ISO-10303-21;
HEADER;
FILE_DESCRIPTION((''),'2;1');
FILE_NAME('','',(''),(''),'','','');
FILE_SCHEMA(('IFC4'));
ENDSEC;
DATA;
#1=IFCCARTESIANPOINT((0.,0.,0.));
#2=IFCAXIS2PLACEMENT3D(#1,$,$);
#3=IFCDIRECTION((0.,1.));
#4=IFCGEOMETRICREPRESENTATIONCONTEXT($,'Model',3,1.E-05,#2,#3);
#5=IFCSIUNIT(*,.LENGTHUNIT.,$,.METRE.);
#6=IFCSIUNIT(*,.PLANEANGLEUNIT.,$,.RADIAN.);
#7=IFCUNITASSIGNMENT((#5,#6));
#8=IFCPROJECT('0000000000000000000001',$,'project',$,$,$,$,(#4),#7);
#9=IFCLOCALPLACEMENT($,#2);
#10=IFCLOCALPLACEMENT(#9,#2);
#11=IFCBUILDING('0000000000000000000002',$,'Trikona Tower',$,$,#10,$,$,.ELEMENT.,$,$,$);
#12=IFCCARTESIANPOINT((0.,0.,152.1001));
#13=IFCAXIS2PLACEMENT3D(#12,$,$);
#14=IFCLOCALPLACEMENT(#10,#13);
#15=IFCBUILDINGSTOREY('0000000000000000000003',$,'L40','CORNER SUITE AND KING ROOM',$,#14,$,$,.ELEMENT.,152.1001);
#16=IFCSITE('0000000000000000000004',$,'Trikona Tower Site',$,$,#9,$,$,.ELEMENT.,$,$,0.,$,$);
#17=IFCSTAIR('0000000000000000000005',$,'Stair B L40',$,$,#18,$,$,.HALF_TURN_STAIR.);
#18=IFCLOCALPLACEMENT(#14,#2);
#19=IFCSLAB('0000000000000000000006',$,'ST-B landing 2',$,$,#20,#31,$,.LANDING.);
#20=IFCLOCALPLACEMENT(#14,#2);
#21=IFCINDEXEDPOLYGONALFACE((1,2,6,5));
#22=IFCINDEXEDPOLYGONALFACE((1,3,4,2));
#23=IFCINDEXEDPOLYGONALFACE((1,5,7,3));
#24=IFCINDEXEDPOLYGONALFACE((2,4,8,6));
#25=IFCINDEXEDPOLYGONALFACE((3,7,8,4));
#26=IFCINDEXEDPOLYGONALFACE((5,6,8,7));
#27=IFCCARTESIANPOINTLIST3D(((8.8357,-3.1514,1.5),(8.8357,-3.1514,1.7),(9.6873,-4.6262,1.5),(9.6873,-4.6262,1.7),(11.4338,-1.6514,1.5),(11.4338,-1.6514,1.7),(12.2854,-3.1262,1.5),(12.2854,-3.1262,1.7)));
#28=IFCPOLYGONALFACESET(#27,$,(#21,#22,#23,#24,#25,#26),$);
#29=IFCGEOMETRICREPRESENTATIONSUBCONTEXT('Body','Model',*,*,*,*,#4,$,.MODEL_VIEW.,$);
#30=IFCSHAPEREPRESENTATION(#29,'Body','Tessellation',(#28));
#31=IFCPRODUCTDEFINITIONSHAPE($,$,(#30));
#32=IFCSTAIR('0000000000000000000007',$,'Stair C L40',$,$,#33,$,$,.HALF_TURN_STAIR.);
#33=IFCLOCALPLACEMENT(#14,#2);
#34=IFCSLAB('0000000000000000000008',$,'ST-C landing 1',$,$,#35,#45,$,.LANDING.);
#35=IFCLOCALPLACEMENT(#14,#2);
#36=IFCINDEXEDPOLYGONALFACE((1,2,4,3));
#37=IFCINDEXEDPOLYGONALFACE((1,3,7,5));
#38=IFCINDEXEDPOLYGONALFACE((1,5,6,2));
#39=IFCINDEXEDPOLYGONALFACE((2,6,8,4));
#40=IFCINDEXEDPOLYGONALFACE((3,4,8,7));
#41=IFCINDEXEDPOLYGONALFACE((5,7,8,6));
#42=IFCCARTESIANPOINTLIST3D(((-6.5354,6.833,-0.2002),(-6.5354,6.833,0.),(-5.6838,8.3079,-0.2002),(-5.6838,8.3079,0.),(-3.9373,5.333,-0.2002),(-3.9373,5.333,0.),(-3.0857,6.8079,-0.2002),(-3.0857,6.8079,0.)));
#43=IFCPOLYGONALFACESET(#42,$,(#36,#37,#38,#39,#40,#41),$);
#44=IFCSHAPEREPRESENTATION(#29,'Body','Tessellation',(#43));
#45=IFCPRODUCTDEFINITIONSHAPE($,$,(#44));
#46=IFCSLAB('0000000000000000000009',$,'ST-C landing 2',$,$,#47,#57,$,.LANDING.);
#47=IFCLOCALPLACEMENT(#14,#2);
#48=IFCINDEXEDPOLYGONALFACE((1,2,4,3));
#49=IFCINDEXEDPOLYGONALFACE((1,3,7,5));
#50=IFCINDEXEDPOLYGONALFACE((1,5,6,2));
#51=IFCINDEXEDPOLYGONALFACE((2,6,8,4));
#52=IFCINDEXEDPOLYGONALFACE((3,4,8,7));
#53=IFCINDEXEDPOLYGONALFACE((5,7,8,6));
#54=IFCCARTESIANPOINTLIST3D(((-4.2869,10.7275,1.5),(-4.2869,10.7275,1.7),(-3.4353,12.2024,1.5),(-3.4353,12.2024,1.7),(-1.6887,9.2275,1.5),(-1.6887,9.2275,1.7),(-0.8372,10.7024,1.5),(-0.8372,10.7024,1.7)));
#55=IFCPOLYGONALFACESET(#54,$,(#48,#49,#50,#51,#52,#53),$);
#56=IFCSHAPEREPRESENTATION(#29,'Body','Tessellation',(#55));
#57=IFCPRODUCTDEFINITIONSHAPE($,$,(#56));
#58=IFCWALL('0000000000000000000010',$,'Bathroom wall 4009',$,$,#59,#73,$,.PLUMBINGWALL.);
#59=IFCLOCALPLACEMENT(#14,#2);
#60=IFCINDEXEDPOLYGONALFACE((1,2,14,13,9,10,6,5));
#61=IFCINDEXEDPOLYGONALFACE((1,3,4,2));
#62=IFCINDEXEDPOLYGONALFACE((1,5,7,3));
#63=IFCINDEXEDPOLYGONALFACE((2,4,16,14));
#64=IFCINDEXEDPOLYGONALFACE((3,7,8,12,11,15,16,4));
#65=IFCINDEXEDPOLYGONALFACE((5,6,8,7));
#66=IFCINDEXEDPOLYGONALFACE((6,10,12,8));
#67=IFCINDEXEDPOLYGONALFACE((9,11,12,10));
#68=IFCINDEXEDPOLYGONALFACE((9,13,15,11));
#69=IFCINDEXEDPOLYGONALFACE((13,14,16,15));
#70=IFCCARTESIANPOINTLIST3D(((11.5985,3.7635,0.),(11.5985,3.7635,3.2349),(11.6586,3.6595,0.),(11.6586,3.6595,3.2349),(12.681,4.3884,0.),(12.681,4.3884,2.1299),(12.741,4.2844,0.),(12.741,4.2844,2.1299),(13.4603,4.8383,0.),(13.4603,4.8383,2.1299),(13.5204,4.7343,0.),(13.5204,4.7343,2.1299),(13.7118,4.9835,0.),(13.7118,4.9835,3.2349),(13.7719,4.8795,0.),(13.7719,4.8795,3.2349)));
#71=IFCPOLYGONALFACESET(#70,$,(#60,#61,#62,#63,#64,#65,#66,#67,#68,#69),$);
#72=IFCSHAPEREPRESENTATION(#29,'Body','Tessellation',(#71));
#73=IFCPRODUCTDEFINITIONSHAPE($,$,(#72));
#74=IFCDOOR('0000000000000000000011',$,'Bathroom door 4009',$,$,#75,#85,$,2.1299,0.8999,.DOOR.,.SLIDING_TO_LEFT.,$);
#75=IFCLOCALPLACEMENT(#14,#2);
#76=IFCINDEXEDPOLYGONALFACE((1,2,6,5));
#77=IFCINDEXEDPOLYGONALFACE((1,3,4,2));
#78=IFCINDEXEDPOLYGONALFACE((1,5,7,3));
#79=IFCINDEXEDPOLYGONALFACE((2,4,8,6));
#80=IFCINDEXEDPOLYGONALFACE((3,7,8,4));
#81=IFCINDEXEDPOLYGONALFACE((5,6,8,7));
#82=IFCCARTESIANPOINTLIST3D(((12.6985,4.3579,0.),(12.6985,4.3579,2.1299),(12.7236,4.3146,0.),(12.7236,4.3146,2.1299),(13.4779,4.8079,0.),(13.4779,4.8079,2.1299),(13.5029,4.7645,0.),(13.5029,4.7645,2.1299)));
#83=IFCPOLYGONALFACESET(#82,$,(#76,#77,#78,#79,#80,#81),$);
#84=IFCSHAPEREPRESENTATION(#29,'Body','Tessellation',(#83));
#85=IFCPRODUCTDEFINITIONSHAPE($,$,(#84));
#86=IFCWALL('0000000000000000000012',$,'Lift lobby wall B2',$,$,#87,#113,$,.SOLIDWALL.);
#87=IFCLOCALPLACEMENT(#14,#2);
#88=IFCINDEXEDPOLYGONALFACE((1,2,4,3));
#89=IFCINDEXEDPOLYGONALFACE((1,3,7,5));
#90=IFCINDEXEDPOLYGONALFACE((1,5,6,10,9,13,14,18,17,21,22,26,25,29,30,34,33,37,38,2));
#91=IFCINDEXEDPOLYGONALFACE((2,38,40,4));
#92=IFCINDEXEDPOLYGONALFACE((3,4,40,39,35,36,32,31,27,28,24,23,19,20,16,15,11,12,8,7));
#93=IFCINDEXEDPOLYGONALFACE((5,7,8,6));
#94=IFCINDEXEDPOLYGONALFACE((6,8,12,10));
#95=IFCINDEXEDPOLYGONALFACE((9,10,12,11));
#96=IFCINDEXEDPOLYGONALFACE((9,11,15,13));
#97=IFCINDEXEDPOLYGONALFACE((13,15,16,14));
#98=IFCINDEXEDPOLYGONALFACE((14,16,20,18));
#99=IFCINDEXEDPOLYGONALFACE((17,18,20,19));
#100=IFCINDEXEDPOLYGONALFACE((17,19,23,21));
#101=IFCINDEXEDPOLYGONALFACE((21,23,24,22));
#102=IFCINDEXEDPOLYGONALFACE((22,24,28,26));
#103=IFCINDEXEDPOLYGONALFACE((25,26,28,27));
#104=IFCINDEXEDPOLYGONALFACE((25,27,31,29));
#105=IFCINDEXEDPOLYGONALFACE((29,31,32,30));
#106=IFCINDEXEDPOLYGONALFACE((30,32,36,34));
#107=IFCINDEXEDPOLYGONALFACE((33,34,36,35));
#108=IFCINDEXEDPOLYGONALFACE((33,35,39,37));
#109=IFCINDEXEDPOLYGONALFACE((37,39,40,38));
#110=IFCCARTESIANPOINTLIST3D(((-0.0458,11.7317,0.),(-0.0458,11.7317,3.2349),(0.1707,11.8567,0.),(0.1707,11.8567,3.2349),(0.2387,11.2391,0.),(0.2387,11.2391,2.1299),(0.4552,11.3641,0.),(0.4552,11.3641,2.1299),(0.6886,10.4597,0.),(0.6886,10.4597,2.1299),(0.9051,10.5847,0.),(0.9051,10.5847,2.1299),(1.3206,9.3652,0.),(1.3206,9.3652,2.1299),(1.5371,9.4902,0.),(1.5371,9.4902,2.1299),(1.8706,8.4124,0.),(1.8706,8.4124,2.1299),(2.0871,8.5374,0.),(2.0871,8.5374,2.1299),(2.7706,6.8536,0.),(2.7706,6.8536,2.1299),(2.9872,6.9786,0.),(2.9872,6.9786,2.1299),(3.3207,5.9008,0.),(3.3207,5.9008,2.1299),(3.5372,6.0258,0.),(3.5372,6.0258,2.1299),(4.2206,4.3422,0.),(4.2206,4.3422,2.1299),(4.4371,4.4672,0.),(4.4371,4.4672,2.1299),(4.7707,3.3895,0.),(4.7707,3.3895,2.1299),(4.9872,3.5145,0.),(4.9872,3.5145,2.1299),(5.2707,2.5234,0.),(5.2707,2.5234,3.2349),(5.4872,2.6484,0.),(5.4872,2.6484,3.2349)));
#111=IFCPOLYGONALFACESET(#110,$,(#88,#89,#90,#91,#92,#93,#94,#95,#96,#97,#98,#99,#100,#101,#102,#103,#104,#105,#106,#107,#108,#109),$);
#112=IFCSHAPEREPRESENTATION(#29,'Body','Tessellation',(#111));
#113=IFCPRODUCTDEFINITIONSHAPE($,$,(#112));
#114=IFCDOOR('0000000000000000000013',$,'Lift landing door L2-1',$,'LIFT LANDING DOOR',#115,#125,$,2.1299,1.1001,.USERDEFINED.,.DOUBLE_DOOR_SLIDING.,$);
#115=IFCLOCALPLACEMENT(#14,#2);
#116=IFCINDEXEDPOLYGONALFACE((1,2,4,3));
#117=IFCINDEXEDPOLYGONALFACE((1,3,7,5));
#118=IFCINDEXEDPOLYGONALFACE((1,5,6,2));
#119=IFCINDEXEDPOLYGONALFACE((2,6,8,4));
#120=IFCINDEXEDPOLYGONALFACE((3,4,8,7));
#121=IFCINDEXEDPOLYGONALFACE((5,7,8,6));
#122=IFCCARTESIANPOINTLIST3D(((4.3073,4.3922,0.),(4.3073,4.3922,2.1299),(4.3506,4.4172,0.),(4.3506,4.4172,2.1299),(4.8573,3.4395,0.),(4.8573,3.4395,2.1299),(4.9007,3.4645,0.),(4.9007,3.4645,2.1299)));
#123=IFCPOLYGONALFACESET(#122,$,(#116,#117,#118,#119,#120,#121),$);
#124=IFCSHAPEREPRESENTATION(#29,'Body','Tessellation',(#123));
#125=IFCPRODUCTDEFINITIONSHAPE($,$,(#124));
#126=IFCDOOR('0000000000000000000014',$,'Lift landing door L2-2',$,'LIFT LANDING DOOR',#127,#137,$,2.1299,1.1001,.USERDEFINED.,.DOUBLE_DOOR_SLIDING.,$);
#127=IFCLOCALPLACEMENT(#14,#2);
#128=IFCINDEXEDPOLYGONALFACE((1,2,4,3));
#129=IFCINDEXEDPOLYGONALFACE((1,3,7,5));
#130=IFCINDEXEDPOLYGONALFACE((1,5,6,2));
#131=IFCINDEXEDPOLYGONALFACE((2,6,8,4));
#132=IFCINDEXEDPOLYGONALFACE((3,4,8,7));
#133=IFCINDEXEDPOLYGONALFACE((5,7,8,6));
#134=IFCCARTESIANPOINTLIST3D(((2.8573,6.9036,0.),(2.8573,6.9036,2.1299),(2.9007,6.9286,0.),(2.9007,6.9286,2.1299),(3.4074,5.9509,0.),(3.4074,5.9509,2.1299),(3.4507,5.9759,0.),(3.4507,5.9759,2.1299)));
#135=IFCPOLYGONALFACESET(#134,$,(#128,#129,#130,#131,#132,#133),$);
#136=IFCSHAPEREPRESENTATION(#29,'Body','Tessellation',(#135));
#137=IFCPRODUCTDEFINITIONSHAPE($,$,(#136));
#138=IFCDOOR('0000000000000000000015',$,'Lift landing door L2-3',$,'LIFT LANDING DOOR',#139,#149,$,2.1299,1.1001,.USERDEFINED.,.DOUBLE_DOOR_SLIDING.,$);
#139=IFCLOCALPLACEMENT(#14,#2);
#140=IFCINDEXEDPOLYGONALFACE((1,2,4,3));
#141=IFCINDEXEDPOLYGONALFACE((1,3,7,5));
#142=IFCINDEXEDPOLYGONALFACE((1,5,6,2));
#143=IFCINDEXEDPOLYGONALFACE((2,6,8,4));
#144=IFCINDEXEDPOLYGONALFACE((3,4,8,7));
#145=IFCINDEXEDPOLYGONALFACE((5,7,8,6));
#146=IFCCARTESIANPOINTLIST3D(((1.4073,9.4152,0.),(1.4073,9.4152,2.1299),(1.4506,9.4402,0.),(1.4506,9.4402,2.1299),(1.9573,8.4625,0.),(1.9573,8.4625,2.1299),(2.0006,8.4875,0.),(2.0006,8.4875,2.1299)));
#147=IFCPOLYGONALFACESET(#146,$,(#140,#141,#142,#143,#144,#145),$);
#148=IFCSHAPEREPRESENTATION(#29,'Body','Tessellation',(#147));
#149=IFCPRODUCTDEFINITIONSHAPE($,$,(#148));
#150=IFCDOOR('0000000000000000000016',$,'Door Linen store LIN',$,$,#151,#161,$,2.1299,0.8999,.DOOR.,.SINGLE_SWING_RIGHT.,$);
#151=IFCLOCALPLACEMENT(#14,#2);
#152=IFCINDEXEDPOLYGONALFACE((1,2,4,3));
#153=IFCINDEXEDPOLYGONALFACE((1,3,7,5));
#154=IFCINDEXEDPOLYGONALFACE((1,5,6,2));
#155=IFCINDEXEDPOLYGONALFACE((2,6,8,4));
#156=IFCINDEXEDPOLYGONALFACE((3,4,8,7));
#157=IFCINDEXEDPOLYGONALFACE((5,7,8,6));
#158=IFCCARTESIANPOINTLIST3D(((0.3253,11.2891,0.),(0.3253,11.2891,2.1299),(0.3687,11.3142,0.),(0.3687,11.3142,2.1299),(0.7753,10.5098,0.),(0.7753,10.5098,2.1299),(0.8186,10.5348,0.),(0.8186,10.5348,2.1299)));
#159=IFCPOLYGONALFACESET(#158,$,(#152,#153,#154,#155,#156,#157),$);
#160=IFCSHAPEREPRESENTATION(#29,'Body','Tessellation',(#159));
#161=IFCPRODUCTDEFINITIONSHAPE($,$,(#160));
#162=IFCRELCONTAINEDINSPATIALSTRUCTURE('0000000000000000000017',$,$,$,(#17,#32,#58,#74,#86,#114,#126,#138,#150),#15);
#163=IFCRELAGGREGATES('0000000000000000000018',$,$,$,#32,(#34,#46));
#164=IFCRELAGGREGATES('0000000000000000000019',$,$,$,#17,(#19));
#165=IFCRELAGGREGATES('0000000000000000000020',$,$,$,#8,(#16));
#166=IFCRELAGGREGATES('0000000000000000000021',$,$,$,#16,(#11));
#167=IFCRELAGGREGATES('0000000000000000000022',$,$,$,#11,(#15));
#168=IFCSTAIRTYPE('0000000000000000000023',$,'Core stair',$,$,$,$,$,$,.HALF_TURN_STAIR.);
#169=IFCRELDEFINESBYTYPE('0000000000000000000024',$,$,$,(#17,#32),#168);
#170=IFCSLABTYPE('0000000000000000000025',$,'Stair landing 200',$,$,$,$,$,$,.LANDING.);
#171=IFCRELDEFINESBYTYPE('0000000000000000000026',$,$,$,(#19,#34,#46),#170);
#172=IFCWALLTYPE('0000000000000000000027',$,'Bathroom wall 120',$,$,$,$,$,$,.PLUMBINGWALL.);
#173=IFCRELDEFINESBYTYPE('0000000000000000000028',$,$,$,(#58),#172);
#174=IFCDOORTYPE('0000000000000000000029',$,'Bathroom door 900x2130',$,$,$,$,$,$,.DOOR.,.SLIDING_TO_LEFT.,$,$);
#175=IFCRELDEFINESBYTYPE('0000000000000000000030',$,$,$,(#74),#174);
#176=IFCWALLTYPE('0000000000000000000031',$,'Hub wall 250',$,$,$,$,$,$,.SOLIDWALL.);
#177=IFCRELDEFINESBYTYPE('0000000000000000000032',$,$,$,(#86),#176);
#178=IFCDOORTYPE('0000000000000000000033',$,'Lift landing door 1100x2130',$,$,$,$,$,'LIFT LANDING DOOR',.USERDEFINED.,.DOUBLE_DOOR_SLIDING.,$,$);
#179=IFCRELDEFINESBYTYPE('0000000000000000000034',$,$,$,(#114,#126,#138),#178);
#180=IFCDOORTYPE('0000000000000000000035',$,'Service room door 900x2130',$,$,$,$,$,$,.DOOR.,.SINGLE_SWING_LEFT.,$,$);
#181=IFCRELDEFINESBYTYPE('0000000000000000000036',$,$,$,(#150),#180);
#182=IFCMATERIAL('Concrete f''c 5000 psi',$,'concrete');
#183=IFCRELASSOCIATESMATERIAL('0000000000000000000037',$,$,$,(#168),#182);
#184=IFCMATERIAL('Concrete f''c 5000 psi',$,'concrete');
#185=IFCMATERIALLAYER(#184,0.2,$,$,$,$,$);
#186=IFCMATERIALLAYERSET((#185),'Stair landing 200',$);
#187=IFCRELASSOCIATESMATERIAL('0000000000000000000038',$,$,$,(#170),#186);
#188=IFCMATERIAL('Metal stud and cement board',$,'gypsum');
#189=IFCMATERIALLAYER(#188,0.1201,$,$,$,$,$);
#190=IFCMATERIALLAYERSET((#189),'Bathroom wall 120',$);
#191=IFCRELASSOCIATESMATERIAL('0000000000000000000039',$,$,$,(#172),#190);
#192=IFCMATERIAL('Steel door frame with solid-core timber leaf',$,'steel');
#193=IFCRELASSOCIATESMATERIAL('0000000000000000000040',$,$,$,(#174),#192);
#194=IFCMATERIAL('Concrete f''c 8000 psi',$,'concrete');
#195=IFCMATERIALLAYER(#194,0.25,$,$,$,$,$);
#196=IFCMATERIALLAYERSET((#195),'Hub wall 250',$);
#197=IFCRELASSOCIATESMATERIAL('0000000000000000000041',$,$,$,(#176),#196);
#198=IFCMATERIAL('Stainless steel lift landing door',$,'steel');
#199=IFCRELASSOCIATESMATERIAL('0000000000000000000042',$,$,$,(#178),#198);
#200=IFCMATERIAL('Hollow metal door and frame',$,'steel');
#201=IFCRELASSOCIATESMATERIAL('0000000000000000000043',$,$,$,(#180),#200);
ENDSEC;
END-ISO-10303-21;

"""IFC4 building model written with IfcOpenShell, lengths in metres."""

from ifc_helpers import new_model, si_unit, direction, frame, frame_2d, origin, place, context, subcontext, project, spatial, polyline, rectangle, outline, extrude, material, layer, layer_set, type_object, element, fill, aggregate, save


model = new_model("IFC4")

# Units and contexts
model_context = context("Model", 3, precision=1e-05, world=origin(), true_north=direction((0.0, 1.0)))
body_context = subcontext(model_context, "Body", "Model", "MODEL_VIEW")
ifc_project = project(units=[si_unit("LENGTHUNIT", "METRE"), si_unit("PLANEANGLEUNIT", "RADIAN")], contexts=[model_context])

# Site, building, storey
site_placement = place(None, origin())
site = spatial("IfcSite", under=ifc_project, at=site_placement, Name="Trikona Tower Site", CompositionType="ELEMENT", RefElevation=0.0)
building_placement = place(site_placement, origin())
building = spatial("IfcBuilding", under=site, at=building_placement, Name="Trikona Tower", CompositionType="ELEMENT")
storey_placement = place(building_placement, frame((0.0, 0.0, 152.1001)))
storey = spatial("IfcBuildingStorey", under=building, at=storey_placement, Name="L40", Description="CORNER SUITE AND KING ROOM", CompositionType="ELEMENT", Elevation=152.1001)

# Stairs, slabs
ifc_material_1 = material(Name="Concrete f'c 5000 psi", Category="concrete")
stair_type = type_object("IfcStairType", Name="Core stair", PredefinedType="HALF_TURN_STAIR", material=ifc_material_1)
ifc_material_2 = material(Name="Concrete f'c 5000 psi", Category="concrete")
ifc_layer_1 = layer(ifc_material_2, 0.2)
ifc_layer_set_1 = layer_set([ifc_layer_1], Name="Stair landing 200")
slab_type_1 = type_object("IfcSlabType", Name="Stair landing 200", PredefinedType="LANDING", material=ifc_layer_set_1)
stair_1_placement = place(storey_placement, origin())
stair_1 = element("IfcStair", 1, at=stair_1_placement, inside=storey, type_object=stair_type, Name="Stair B L40", PredefinedType="HALF_TURN_STAIR")
slab_1_placement = place(storey_placement, frame((0.0, 0.0, 1.5)))
slab_1 = element("IfcSlab", 2, at=slab_1_placement, type_object=slab_type_1, Name="ST-B landing 2", PredefinedType="LANDING", context=body_context, shape_type="SweptSolid", body=[
    extrude(outline(polyline([(9.6873, -4.6262), (8.8357, -3.1514), (11.4338, -1.6514), (12.2854, -3.1262), (9.6873, -4.6262)])), origin(), (0.0, 0.0, 1.0), 0.2),
])
stair_2_placement = place(storey_placement, origin())
stair_2 = element("IfcStair", 3, at=stair_2_placement, inside=storey, type_object=stair_type, Name="Stair C L40", PredefinedType="HALF_TURN_STAIR")
slab_2_placement = place(storey_placement, frame((0.0, 0.0, -0.2002)))
slab_2 = element("IfcSlab", 4, at=slab_2_placement, type_object=slab_type_1, Name="ST-C landing 1", PredefinedType="LANDING", context=body_context, shape_type="SweptSolid", body=[
    extrude(outline(polyline([(-3.0857, 6.8079), (-3.9373, 5.333), (-6.5354, 6.833), (-5.6838, 8.3079), (-3.0857, 6.8079)])), origin(), (0.0, 0.0, 1.0), 0.2002),
])
slab_3_placement = place(storey_placement, frame((0.0, 0.0, 1.5)))
slab_3 = element("IfcSlab", 5, at=slab_3_placement, type_object=slab_type_1, Name="ST-C landing 2", PredefinedType="LANDING", context=body_context, shape_type="SweptSolid", body=[
    extrude(outline(polyline([(-0.8372, 10.7024), (-1.6887, 9.2275), (-4.2869, 10.7275), (-3.4353, 12.2024), (-0.8372, 10.7024)])), origin(), (0.0, 0.0, 1.0), 0.2),
])
aggregate(stair_2, [slab_2, slab_3])

# Wall, opening, door
ifc_material_3 = material(Name="Metal stud and cement board", Category="gypsum")
ifc_layer_2 = layer(ifc_material_3, 0.1201)
ifc_layer_set_2 = layer_set([ifc_layer_2], Name="Bathroom wall 120")
wall_type_1 = type_object("IfcWallType", Name="Bathroom wall 120", PredefinedType="PLUMBINGWALL", material=ifc_layer_set_2)
wall_1_placement = place(storey_placement, frame((11.6284, 3.7114, 0.0), z_axis=(0.0, 0.0, 1.0), x_axis=(0.866049, 0.499959, 0.0)))
wall_1 = element("IfcWall", 6, at=wall_1_placement, inside=storey, type_object=wall_type_1, Name="Bathroom wall 4009", PredefinedType="PLUMBINGWALL", context=body_context, shape_type="SweptSolid", body=[
    extrude(rectangle(XDim=2.4402, YDim=0.1201, at=frame_2d((1.2202, 0.0))), origin(), (0.0, 0.0, 1.0), 3.2349),
])
opening_1_placement = place(wall_1_placement, frame((1.25, 0.0, 0.0)))
opening_1 = element("IfcOpeningElement", 7, at=opening_1_placement, cuts=wall_1, PredefinedType="OPENING", context=body_context, shape_type="SweptSolid", body=[
    extrude(rectangle(XDim=0.8999, YDim=2.1299, at=frame_2d((0.45, 1.0649))), frame((0.0, 0.0701, 0.0), z_axis=(0.0, -1.0, 0.0), x_axis=(1.0, 0.0, 0.0)), (0.0, 0.0, 1.0), 0.1401),
])
ifc_material_4 = material(Name="Steel door frame with solid-core timber leaf", Category="steel")
door_type_1 = type_object("IfcDoorType", Name="Bathroom door 900x2130", OperationType="SLIDING_TO_LEFT", PredefinedType="DOOR", material=ifc_material_4)
door_1_placement = place(opening_1_placement, origin())
door_1 = element("IfcDoor", 8, at=door_1_placement, inside=storey, type_object=door_type_1, Name="Bathroom door 4009", OperationType="SLIDING_TO_LEFT", OverallHeight=2.1299, OverallWidth=0.8999, PredefinedType="DOOR", context=body_context, shape_type="SweptSolid", body=[
    extrude(rectangle(XDim=0.8999, YDim=2.1299, at=frame_2d((0.45, 1.0649))), frame((0.0, 0.0249, 0.0), z_axis=(0.0, -1.0, 0.0), x_axis=(1.0, 0.0, 0.0)), (0.0, 0.0, 1.0), 0.05),
])
fill(opening_1, door_1)

# Wall, openings, doors
ifc_material_5 = material(Name="Concrete f'c 8000 psi", Category="concrete")
ifc_layer_3 = layer(ifc_material_5, 0.25)
ifc_layer_set_3 = layer_set([ifc_layer_3], Name="Hub wall 250")
wall_type_2 = type_object("IfcWallType", Name="Hub wall 250", PredefinedType="SOLIDWALL", material=ifc_layer_set_3)
wall_2_placement = place(storey_placement, frame((5.3789, 2.5859, 0.0), z_axis=(0.0, 0.0, 1.0), x_axis=(-0.500001, 0.866025, 0.0)))
wall_2 = element("IfcWall", 9, at=wall_2_placement, inside=storey, type_object=wall_type_2, Name="Lift lobby wall B2", PredefinedType="SOLIDWALL", context=body_context, shape_type="SweptSolid", body=[
    extrude(rectangle(XDim=10.6328, YDim=0.25, at=frame_2d((5.3164, 0.0))), origin(), (0.0, 0.0, 1.0), 3.2349),
])
opening_2_placement = place(wall_2_placement, frame((9.1641, 0.0, 0.0)))
opening_2 = element("IfcOpeningElement", 10, at=opening_2_placement, cuts=wall_2, PredefinedType="OPENING", context=body_context, shape_type="SweptSolid", body=[
    extrude(rectangle(XDim=0.8999, YDim=2.1299, at=frame_2d((0.45, 1.0649))), frame((0.0, 0.135, 0.0), z_axis=(0.0, -1.0, 0.0), x_axis=(1.0, 0.0, 0.0)), (0.0, 0.0, 1.0), 0.27),
])
opening_3_placement = place(wall_2_placement, frame((1.0, 0.0, 0.0)))
opening_3 = element("IfcOpeningElement", 11, at=opening_3_placement, cuts=wall_2, PredefinedType="OPENING", context=body_context, shape_type="SweptSolid", body=[
    extrude(rectangle(XDim=1.1001, YDim=2.1299, at=frame_2d((0.55, 1.0649))), frame((0.0, 0.135, 0.0), z_axis=(0.0, -1.0, 0.0), x_axis=(1.0, 0.0, 0.0)), (0.0, 0.0, 1.0), 0.27),
])
opening_4_placement = place(wall_2_placement, frame((3.8999, 0.0, 0.0)))
opening_4 = element("IfcOpeningElement", 12, at=opening_4_placement, cuts=wall_2, PredefinedType="OPENING", context=body_context, shape_type="SweptSolid", body=[
    extrude(rectangle(XDim=1.1001, YDim=2.1299, at=frame_2d((0.55, 1.0649))), frame((0.0, 0.135, 0.0), z_axis=(0.0, -1.0, 0.0), x_axis=(1.0, 0.0, 0.0)), (0.0, 0.0, 1.0), 0.27),
])
opening_5_placement = place(wall_2_placement, frame((6.8, 0.0, 0.0)))
opening_5 = element("IfcOpeningElement", 13, at=opening_5_placement, cuts=wall_2, PredefinedType="OPENING", context=body_context, shape_type="SweptSolid", body=[
    extrude(rectangle(XDim=1.1001, YDim=2.1299, at=frame_2d((0.55, 1.0649))), frame((0.0, 0.135, 0.0), z_axis=(0.0, -1.0, 0.0), x_axis=(1.0, 0.0, 0.0)), (0.0, 0.0, 1.0), 0.27),
])
ifc_material_6 = material(Name="Stainless steel lift landing door", Category="steel")
door_type_2 = type_object("IfcDoorType", Name="Lift landing door 1100x2130", ElementType="LIFT LANDING DOOR", OperationType="DOUBLE_DOOR_SLIDING", PredefinedType="USERDEFINED", material=ifc_material_6)
door_2_placement = place(opening_3_placement, origin())
door_2 = element("IfcDoor", 14, at=door_2_placement, inside=storey, type_object=door_type_2, Name="Lift landing door L2-1", ObjectType="LIFT LANDING DOOR", OperationType="DOUBLE_DOOR_SLIDING", OverallHeight=2.1299, OverallWidth=1.1001, PredefinedType="USERDEFINED", context=body_context, shape_type="SweptSolid", body=[
    extrude(rectangle(XDim=1.1001, YDim=2.1299, at=frame_2d((0.55, 1.0649))), frame((0.0, 0.0249, 0.0), z_axis=(0.0, -1.0, 0.0), x_axis=(1.0, 0.0, 0.0)), (0.0, 0.0, 1.0), 0.05),
])
fill(opening_3, door_2)
door_3_placement = place(opening_4_placement, origin())
door_3 = element("IfcDoor", 15, at=door_3_placement, inside=storey, type_object=door_type_2, Name="Lift landing door L2-2", ObjectType="LIFT LANDING DOOR", OperationType="DOUBLE_DOOR_SLIDING", OverallHeight=2.1299, OverallWidth=1.1001, PredefinedType="USERDEFINED", context=body_context, shape_type="SweptSolid", body=[
    extrude(rectangle(XDim=1.1001, YDim=2.1299, at=frame_2d((0.55, 1.0649))), frame((0.0, 0.0249, 0.0), z_axis=(0.0, -1.0, 0.0), x_axis=(1.0, 0.0, 0.0)), (0.0, 0.0, 1.0), 0.05),
])
fill(opening_4, door_3)
door_4_placement = place(opening_5_placement, origin())
door_4 = element("IfcDoor", 16, at=door_4_placement, inside=storey, type_object=door_type_2, Name="Lift landing door L2-3", ObjectType="LIFT LANDING DOOR", OperationType="DOUBLE_DOOR_SLIDING", OverallHeight=2.1299, OverallWidth=1.1001, PredefinedType="USERDEFINED", context=body_context, shape_type="SweptSolid", body=[
    extrude(rectangle(XDim=1.1001, YDim=2.1299, at=frame_2d((0.55, 1.0649))), frame((0.0, 0.0249, 0.0), z_axis=(0.0, -1.0, 0.0), x_axis=(1.0, 0.0, 0.0)), (0.0, 0.0, 1.0), 0.05),
])
fill(opening_5, door_4)
ifc_material_7 = material(Name="Hollow metal door and frame", Category="steel")
door_type_3 = type_object("IfcDoorType", Name="Service room door 900x2130", OperationType="SINGLE_SWING_LEFT", PredefinedType="DOOR", material=ifc_material_7)
door_5_placement = place(opening_2_placement, origin())
door_5 = element("IfcDoor", 17, at=door_5_placement, inside=storey, type_object=door_type_3, Name="Door Linen store LIN", OperationType="SINGLE_SWING_RIGHT", OverallHeight=2.1299, OverallWidth=0.8999, PredefinedType="DOOR", context=body_context, shape_type="SweptSolid", body=[
    extrude(rectangle(XDim=0.8999, YDim=2.1299, at=frame_2d((0.45, 1.0649))), frame((0.0, 0.0249, 0.0), z_axis=(0.0, -1.0, 0.0), x_axis=(1.0, 0.0, 0.0)), (0.0, 0.0, 1.0), 0.05),
])
fill(opening_2, door_5)

aggregate(stair_1, [slab_1])

save(model, "model.ifc")
